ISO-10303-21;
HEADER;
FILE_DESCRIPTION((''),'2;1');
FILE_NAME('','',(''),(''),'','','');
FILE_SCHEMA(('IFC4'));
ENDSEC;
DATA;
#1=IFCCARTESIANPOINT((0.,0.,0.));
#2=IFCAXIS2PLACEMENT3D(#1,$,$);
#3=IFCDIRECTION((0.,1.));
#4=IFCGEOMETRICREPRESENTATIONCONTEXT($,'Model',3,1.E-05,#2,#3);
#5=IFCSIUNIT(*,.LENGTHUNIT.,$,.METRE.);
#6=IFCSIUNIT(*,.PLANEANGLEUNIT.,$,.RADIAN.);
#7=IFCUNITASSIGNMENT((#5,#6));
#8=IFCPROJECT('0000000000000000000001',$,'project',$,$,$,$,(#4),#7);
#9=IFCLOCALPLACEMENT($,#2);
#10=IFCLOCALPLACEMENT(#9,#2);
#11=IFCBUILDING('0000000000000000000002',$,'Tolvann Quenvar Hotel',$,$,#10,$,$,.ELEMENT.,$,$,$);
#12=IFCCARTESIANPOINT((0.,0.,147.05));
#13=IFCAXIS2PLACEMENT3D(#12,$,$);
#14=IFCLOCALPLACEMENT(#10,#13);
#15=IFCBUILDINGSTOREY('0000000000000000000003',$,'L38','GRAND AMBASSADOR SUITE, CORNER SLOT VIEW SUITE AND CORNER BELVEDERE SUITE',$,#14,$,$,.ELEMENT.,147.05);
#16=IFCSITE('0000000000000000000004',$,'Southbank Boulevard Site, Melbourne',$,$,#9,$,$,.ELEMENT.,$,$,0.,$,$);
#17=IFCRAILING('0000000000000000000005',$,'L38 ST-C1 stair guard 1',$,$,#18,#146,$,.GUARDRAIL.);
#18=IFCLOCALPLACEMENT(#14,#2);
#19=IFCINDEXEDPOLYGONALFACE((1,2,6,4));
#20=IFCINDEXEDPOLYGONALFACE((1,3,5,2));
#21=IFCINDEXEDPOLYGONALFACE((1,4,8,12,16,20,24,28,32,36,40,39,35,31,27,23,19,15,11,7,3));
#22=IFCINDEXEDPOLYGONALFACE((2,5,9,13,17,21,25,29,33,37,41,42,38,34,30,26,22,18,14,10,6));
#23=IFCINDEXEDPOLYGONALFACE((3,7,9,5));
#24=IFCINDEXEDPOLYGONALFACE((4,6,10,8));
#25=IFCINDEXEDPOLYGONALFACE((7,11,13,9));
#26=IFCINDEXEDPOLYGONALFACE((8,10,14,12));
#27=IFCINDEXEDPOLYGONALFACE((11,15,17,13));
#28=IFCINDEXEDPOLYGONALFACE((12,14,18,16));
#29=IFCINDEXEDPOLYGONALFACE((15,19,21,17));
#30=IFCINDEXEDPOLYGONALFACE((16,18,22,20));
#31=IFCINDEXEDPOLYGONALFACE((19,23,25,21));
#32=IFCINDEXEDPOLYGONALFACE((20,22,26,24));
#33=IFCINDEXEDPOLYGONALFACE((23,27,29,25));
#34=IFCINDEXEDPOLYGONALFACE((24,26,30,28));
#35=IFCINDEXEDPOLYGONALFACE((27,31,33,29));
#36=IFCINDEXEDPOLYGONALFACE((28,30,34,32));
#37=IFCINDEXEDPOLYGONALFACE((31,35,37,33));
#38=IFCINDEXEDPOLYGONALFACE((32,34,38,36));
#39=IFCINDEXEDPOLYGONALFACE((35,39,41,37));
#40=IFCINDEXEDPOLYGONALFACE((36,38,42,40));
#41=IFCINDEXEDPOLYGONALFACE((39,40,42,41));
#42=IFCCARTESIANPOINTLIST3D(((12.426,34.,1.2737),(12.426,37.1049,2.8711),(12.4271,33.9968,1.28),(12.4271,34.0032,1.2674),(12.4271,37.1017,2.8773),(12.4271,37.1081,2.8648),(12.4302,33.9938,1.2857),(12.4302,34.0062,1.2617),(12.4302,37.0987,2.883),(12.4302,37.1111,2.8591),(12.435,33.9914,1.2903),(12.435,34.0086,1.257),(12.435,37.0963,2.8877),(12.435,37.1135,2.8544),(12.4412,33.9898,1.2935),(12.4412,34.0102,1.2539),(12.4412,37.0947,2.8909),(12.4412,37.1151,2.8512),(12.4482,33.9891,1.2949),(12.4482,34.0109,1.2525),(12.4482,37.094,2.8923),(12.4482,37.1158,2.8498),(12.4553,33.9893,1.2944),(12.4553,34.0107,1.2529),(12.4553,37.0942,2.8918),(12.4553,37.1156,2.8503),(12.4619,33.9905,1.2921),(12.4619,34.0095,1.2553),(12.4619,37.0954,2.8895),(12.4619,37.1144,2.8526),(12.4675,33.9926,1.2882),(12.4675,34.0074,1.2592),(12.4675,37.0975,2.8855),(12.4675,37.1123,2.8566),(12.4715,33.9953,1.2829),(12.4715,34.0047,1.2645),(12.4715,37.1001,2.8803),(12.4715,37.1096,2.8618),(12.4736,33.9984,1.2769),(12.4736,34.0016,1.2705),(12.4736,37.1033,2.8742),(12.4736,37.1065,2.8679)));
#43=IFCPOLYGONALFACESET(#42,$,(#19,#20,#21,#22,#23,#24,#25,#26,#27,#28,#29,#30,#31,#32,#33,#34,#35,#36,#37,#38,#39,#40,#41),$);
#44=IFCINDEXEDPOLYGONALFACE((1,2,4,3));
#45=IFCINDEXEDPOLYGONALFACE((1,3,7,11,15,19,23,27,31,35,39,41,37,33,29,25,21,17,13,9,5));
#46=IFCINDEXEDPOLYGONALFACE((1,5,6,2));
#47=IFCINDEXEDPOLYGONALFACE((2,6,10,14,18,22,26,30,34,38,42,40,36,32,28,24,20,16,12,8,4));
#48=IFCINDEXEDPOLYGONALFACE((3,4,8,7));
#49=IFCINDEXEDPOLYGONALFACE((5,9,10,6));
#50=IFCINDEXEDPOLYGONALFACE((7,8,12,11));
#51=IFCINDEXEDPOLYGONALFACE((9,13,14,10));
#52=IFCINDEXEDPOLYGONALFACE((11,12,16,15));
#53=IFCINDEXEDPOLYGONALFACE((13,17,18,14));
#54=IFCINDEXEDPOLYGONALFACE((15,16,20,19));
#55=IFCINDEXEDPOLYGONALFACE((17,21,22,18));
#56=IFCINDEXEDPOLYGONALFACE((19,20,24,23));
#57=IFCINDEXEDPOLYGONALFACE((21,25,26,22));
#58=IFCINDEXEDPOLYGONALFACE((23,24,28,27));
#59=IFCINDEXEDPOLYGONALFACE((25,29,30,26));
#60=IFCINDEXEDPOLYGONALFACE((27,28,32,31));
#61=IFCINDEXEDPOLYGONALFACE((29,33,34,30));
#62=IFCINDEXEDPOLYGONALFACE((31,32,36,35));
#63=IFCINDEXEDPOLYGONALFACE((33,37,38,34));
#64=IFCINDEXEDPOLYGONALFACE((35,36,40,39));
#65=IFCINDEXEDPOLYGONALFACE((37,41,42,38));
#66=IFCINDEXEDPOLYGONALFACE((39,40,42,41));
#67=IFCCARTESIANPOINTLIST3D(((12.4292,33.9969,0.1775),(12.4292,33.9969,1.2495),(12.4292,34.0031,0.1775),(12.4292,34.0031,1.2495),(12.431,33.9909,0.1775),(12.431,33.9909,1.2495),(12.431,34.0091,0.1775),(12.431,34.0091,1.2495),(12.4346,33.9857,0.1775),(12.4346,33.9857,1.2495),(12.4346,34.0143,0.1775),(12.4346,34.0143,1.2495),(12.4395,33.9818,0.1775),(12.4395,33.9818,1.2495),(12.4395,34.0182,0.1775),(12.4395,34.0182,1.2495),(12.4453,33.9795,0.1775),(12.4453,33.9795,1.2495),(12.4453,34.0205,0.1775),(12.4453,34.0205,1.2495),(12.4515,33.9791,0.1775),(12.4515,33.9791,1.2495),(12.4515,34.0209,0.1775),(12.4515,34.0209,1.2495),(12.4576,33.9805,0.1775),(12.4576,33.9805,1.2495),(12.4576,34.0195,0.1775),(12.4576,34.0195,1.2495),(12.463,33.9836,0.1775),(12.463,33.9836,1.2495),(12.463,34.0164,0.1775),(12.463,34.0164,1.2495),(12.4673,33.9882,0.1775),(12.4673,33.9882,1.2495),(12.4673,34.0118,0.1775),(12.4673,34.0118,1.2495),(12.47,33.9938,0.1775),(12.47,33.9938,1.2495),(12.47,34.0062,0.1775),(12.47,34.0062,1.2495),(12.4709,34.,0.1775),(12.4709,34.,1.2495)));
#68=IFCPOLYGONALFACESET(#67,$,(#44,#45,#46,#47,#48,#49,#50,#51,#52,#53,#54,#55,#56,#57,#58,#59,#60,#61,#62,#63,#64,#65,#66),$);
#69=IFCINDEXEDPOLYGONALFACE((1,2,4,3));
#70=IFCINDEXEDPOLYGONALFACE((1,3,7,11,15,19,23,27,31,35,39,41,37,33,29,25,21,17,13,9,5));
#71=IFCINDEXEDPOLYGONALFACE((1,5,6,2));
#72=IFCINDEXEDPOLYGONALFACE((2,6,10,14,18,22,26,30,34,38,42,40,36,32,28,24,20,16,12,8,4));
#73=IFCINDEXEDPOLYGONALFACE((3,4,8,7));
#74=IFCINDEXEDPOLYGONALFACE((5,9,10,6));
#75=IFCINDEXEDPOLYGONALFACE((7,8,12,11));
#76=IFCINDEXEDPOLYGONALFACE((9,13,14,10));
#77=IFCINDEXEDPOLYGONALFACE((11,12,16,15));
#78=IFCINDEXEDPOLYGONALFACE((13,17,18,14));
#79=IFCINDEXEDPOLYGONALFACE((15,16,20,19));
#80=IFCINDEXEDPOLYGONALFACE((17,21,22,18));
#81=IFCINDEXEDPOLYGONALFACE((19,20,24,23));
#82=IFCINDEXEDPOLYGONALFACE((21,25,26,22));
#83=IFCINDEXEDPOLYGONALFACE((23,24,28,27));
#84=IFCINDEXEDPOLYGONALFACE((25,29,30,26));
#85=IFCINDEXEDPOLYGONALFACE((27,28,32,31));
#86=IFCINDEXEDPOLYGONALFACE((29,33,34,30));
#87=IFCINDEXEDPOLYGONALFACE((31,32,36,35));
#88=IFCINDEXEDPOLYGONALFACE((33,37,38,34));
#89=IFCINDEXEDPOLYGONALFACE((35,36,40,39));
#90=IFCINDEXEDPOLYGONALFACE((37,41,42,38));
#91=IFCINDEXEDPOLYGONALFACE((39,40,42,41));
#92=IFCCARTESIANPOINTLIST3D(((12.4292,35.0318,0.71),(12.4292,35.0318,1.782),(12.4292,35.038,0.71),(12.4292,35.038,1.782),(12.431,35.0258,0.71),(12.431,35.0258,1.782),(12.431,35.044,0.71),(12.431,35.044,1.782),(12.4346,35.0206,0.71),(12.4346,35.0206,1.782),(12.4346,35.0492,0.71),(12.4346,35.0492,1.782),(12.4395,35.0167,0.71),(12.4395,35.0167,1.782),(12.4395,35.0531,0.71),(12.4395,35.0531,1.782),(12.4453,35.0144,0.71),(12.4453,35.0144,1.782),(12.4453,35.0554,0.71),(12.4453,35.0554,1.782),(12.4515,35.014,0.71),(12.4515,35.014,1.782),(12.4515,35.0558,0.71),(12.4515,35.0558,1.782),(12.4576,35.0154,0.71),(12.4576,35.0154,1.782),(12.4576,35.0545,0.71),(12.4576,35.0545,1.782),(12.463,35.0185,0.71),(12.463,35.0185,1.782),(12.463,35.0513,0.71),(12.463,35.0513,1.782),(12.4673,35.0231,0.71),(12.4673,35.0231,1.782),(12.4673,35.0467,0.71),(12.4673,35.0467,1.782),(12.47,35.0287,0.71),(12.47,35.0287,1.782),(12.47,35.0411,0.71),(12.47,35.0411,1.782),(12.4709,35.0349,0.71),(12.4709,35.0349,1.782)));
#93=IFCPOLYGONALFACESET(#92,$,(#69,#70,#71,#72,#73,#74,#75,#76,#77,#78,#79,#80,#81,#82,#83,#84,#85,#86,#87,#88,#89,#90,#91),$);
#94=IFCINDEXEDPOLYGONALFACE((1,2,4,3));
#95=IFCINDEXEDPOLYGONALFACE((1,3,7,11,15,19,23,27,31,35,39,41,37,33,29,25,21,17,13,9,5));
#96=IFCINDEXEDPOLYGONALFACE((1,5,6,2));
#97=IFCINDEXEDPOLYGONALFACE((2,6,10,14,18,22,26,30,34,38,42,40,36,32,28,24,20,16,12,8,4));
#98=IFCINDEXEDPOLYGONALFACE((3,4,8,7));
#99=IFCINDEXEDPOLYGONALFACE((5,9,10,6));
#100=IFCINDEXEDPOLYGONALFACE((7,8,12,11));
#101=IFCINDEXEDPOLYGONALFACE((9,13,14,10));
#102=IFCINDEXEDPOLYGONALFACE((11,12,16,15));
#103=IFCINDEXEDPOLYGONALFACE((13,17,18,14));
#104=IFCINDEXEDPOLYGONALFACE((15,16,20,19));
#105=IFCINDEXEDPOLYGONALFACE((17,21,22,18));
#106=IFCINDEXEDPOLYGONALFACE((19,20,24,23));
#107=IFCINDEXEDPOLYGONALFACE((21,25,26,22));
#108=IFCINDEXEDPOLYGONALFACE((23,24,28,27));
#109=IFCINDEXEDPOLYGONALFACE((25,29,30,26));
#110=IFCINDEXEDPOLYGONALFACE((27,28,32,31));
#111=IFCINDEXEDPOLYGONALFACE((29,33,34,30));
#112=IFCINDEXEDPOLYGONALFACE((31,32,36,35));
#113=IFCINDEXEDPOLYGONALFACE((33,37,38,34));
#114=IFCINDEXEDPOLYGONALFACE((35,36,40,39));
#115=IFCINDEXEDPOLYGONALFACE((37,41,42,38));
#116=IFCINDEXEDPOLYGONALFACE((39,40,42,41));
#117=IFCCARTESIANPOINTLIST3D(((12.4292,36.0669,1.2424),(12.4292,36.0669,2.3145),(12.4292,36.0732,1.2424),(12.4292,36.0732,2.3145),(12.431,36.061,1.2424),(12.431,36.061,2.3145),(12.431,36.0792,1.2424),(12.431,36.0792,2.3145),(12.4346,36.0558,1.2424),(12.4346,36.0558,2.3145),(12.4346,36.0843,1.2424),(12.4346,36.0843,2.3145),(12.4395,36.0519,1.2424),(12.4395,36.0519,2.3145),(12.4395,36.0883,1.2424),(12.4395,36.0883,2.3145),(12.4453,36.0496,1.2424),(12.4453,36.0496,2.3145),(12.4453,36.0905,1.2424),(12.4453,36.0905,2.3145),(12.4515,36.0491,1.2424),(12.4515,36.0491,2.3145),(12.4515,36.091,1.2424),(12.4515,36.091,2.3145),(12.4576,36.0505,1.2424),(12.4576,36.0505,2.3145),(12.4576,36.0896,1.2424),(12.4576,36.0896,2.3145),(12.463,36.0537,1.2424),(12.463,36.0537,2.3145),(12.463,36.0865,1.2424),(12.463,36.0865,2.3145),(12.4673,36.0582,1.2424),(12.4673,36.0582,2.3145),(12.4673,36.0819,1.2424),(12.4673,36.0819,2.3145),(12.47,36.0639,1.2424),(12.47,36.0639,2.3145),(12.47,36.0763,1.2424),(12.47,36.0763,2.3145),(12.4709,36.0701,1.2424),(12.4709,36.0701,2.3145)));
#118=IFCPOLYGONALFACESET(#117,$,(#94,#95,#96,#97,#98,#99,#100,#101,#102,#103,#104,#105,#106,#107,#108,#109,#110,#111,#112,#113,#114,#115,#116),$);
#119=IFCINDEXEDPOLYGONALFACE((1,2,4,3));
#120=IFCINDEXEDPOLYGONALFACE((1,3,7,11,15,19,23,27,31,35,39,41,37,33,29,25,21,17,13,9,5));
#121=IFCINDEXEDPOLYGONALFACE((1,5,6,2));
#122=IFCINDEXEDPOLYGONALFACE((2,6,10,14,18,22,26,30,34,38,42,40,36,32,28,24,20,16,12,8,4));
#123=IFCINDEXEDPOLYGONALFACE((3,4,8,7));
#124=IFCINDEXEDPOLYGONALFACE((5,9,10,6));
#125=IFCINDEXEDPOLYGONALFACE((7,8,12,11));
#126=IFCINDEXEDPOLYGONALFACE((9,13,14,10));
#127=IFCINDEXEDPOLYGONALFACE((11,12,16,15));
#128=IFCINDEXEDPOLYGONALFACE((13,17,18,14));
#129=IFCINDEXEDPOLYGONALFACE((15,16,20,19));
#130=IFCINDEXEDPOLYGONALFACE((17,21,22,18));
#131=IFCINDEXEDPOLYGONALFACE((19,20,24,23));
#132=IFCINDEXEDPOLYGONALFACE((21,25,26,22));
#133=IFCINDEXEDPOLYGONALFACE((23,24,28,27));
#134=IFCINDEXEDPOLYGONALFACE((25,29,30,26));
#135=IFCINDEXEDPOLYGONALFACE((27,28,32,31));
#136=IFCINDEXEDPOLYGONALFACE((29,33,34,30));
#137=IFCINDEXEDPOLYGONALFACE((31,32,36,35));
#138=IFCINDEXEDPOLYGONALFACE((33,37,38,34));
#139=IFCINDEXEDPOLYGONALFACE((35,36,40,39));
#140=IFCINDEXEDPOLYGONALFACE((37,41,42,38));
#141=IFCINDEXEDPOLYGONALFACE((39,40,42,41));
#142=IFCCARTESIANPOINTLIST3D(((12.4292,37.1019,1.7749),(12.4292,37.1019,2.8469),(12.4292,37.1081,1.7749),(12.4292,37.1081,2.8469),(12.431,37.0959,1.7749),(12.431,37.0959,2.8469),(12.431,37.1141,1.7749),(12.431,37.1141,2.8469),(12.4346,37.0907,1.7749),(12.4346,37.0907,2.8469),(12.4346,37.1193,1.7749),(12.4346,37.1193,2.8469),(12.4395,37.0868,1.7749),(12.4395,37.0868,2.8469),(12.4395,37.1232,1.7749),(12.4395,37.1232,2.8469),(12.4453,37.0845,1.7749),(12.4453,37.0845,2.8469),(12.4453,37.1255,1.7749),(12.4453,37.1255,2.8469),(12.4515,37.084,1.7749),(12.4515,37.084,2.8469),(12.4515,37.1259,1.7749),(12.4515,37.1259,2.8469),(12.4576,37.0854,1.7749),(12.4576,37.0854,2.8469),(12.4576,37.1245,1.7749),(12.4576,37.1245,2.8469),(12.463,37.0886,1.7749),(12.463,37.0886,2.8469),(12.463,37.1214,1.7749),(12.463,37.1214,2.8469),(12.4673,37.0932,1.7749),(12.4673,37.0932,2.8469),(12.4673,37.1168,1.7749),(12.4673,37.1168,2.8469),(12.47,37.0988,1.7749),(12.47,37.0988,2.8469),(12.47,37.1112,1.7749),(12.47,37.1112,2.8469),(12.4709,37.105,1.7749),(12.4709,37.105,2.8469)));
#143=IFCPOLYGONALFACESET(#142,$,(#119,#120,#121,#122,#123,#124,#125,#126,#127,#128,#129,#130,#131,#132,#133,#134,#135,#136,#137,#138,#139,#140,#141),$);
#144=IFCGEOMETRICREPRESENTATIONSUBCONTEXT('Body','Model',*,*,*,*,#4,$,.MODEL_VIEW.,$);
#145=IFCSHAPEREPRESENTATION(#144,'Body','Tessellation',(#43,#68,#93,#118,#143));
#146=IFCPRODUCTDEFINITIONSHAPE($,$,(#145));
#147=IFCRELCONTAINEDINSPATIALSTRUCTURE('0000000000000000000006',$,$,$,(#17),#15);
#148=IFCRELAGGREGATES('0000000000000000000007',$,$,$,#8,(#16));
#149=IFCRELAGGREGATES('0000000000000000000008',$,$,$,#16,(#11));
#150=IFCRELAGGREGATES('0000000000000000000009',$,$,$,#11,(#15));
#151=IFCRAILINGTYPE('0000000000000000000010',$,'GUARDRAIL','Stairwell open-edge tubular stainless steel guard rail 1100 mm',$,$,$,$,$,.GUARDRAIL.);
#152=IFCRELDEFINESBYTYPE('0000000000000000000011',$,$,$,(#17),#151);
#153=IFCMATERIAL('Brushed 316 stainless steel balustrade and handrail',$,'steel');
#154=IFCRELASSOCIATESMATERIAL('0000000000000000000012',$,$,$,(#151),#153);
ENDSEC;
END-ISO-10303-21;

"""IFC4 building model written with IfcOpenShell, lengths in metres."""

from ifc_helpers import new_model, si_unit, direction, frame, origin, origin_2d, place, context, subcontext, project, spatial, circle, extrude, material, type_object, element, save


model = new_model("IFC4")

# Units and contexts
model_context = context("Model", 3, precision=1e-05, world=origin(), true_north=direction((0.0, 1.0)))
body_context = subcontext(model_context, "Body", "Model", "MODEL_VIEW")
ifc_project = project(units=[si_unit("LENGTHUNIT", "METRE"), si_unit("PLANEANGLEUNIT", "RADIAN")], contexts=[model_context])

# Site, building, storey
site_placement = place(None, origin())
site = spatial("IfcSite", under=ifc_project, at=site_placement, Name="Southbank Boulevard Site, Melbourne", CompositionType="ELEMENT", RefElevation=0.0)
building_placement = place(site_placement, origin())
building = spatial("IfcBuilding", under=site, at=building_placement, Name="Tolvann Quenvar Hotel", CompositionType="ELEMENT")
storey_placement = place(building_placement, frame((0.0, 0.0, 147.05)))
storey = spatial("IfcBuildingStorey", under=building, at=storey_placement, Name="L38", Description="GRAND AMBASSADOR SUITE, CORNER SLOT VIEW SUITE AND CORNER BELVEDERE SUITE", CompositionType="ELEMENT", Elevation=147.05)

# Railing
ifc_material_1 = material(Name="Brushed 316 stainless steel balustrade and handrail", Category="steel")
railing_type_1 = type_object("IfcRailingType", Name="GUARDRAIL", Description="Stairwell open-edge tubular stainless steel guard rail 1100 mm", PredefinedType="GUARDRAIL", material=ifc_material_1)
railing_1_placement = place(storey_placement, frame((12.45, 34.0, 0.1775)))
element("IfcRailing", 1, at=railing_1_placement, inside=storey, type_object=railing_type_1, Name="L38 ST-C1 stair guard 1", PredefinedType="GUARDRAIL", context=body_context, shape_type="SweptSolid", body=[
    extrude(circle(Radius=0.0239, at=origin_2d()), frame((0.0, 0.0, 1.0962), z_axis=(0.0, 0.889222, 0.457476), x_axis=(-1.0, 0.0, 0.0)), (0.0, 0.0, 1.0), 3.4917),
    extrude(circle(Radius=0.021, at=origin_2d()), origin(), (0.0, 0.0, 1.0), 1.072),
    extrude(circle(Radius=0.021, at=origin_2d()), frame((0.0, 1.0349, 0.5325)), (0.0, 0.0, 1.0), 1.072),
    extrude(circle(Radius=0.021, at=origin_2d()), frame((0.0, 2.0701, 1.0649)), (0.0, 0.0, 1.0), 1.072),
    extrude(circle(Radius=0.021, at=origin_2d()), frame((0.0, 3.105, 1.5974)), (0.0, 0.0, 1.0), 1.072),
])

save(model, "model.ifc")
